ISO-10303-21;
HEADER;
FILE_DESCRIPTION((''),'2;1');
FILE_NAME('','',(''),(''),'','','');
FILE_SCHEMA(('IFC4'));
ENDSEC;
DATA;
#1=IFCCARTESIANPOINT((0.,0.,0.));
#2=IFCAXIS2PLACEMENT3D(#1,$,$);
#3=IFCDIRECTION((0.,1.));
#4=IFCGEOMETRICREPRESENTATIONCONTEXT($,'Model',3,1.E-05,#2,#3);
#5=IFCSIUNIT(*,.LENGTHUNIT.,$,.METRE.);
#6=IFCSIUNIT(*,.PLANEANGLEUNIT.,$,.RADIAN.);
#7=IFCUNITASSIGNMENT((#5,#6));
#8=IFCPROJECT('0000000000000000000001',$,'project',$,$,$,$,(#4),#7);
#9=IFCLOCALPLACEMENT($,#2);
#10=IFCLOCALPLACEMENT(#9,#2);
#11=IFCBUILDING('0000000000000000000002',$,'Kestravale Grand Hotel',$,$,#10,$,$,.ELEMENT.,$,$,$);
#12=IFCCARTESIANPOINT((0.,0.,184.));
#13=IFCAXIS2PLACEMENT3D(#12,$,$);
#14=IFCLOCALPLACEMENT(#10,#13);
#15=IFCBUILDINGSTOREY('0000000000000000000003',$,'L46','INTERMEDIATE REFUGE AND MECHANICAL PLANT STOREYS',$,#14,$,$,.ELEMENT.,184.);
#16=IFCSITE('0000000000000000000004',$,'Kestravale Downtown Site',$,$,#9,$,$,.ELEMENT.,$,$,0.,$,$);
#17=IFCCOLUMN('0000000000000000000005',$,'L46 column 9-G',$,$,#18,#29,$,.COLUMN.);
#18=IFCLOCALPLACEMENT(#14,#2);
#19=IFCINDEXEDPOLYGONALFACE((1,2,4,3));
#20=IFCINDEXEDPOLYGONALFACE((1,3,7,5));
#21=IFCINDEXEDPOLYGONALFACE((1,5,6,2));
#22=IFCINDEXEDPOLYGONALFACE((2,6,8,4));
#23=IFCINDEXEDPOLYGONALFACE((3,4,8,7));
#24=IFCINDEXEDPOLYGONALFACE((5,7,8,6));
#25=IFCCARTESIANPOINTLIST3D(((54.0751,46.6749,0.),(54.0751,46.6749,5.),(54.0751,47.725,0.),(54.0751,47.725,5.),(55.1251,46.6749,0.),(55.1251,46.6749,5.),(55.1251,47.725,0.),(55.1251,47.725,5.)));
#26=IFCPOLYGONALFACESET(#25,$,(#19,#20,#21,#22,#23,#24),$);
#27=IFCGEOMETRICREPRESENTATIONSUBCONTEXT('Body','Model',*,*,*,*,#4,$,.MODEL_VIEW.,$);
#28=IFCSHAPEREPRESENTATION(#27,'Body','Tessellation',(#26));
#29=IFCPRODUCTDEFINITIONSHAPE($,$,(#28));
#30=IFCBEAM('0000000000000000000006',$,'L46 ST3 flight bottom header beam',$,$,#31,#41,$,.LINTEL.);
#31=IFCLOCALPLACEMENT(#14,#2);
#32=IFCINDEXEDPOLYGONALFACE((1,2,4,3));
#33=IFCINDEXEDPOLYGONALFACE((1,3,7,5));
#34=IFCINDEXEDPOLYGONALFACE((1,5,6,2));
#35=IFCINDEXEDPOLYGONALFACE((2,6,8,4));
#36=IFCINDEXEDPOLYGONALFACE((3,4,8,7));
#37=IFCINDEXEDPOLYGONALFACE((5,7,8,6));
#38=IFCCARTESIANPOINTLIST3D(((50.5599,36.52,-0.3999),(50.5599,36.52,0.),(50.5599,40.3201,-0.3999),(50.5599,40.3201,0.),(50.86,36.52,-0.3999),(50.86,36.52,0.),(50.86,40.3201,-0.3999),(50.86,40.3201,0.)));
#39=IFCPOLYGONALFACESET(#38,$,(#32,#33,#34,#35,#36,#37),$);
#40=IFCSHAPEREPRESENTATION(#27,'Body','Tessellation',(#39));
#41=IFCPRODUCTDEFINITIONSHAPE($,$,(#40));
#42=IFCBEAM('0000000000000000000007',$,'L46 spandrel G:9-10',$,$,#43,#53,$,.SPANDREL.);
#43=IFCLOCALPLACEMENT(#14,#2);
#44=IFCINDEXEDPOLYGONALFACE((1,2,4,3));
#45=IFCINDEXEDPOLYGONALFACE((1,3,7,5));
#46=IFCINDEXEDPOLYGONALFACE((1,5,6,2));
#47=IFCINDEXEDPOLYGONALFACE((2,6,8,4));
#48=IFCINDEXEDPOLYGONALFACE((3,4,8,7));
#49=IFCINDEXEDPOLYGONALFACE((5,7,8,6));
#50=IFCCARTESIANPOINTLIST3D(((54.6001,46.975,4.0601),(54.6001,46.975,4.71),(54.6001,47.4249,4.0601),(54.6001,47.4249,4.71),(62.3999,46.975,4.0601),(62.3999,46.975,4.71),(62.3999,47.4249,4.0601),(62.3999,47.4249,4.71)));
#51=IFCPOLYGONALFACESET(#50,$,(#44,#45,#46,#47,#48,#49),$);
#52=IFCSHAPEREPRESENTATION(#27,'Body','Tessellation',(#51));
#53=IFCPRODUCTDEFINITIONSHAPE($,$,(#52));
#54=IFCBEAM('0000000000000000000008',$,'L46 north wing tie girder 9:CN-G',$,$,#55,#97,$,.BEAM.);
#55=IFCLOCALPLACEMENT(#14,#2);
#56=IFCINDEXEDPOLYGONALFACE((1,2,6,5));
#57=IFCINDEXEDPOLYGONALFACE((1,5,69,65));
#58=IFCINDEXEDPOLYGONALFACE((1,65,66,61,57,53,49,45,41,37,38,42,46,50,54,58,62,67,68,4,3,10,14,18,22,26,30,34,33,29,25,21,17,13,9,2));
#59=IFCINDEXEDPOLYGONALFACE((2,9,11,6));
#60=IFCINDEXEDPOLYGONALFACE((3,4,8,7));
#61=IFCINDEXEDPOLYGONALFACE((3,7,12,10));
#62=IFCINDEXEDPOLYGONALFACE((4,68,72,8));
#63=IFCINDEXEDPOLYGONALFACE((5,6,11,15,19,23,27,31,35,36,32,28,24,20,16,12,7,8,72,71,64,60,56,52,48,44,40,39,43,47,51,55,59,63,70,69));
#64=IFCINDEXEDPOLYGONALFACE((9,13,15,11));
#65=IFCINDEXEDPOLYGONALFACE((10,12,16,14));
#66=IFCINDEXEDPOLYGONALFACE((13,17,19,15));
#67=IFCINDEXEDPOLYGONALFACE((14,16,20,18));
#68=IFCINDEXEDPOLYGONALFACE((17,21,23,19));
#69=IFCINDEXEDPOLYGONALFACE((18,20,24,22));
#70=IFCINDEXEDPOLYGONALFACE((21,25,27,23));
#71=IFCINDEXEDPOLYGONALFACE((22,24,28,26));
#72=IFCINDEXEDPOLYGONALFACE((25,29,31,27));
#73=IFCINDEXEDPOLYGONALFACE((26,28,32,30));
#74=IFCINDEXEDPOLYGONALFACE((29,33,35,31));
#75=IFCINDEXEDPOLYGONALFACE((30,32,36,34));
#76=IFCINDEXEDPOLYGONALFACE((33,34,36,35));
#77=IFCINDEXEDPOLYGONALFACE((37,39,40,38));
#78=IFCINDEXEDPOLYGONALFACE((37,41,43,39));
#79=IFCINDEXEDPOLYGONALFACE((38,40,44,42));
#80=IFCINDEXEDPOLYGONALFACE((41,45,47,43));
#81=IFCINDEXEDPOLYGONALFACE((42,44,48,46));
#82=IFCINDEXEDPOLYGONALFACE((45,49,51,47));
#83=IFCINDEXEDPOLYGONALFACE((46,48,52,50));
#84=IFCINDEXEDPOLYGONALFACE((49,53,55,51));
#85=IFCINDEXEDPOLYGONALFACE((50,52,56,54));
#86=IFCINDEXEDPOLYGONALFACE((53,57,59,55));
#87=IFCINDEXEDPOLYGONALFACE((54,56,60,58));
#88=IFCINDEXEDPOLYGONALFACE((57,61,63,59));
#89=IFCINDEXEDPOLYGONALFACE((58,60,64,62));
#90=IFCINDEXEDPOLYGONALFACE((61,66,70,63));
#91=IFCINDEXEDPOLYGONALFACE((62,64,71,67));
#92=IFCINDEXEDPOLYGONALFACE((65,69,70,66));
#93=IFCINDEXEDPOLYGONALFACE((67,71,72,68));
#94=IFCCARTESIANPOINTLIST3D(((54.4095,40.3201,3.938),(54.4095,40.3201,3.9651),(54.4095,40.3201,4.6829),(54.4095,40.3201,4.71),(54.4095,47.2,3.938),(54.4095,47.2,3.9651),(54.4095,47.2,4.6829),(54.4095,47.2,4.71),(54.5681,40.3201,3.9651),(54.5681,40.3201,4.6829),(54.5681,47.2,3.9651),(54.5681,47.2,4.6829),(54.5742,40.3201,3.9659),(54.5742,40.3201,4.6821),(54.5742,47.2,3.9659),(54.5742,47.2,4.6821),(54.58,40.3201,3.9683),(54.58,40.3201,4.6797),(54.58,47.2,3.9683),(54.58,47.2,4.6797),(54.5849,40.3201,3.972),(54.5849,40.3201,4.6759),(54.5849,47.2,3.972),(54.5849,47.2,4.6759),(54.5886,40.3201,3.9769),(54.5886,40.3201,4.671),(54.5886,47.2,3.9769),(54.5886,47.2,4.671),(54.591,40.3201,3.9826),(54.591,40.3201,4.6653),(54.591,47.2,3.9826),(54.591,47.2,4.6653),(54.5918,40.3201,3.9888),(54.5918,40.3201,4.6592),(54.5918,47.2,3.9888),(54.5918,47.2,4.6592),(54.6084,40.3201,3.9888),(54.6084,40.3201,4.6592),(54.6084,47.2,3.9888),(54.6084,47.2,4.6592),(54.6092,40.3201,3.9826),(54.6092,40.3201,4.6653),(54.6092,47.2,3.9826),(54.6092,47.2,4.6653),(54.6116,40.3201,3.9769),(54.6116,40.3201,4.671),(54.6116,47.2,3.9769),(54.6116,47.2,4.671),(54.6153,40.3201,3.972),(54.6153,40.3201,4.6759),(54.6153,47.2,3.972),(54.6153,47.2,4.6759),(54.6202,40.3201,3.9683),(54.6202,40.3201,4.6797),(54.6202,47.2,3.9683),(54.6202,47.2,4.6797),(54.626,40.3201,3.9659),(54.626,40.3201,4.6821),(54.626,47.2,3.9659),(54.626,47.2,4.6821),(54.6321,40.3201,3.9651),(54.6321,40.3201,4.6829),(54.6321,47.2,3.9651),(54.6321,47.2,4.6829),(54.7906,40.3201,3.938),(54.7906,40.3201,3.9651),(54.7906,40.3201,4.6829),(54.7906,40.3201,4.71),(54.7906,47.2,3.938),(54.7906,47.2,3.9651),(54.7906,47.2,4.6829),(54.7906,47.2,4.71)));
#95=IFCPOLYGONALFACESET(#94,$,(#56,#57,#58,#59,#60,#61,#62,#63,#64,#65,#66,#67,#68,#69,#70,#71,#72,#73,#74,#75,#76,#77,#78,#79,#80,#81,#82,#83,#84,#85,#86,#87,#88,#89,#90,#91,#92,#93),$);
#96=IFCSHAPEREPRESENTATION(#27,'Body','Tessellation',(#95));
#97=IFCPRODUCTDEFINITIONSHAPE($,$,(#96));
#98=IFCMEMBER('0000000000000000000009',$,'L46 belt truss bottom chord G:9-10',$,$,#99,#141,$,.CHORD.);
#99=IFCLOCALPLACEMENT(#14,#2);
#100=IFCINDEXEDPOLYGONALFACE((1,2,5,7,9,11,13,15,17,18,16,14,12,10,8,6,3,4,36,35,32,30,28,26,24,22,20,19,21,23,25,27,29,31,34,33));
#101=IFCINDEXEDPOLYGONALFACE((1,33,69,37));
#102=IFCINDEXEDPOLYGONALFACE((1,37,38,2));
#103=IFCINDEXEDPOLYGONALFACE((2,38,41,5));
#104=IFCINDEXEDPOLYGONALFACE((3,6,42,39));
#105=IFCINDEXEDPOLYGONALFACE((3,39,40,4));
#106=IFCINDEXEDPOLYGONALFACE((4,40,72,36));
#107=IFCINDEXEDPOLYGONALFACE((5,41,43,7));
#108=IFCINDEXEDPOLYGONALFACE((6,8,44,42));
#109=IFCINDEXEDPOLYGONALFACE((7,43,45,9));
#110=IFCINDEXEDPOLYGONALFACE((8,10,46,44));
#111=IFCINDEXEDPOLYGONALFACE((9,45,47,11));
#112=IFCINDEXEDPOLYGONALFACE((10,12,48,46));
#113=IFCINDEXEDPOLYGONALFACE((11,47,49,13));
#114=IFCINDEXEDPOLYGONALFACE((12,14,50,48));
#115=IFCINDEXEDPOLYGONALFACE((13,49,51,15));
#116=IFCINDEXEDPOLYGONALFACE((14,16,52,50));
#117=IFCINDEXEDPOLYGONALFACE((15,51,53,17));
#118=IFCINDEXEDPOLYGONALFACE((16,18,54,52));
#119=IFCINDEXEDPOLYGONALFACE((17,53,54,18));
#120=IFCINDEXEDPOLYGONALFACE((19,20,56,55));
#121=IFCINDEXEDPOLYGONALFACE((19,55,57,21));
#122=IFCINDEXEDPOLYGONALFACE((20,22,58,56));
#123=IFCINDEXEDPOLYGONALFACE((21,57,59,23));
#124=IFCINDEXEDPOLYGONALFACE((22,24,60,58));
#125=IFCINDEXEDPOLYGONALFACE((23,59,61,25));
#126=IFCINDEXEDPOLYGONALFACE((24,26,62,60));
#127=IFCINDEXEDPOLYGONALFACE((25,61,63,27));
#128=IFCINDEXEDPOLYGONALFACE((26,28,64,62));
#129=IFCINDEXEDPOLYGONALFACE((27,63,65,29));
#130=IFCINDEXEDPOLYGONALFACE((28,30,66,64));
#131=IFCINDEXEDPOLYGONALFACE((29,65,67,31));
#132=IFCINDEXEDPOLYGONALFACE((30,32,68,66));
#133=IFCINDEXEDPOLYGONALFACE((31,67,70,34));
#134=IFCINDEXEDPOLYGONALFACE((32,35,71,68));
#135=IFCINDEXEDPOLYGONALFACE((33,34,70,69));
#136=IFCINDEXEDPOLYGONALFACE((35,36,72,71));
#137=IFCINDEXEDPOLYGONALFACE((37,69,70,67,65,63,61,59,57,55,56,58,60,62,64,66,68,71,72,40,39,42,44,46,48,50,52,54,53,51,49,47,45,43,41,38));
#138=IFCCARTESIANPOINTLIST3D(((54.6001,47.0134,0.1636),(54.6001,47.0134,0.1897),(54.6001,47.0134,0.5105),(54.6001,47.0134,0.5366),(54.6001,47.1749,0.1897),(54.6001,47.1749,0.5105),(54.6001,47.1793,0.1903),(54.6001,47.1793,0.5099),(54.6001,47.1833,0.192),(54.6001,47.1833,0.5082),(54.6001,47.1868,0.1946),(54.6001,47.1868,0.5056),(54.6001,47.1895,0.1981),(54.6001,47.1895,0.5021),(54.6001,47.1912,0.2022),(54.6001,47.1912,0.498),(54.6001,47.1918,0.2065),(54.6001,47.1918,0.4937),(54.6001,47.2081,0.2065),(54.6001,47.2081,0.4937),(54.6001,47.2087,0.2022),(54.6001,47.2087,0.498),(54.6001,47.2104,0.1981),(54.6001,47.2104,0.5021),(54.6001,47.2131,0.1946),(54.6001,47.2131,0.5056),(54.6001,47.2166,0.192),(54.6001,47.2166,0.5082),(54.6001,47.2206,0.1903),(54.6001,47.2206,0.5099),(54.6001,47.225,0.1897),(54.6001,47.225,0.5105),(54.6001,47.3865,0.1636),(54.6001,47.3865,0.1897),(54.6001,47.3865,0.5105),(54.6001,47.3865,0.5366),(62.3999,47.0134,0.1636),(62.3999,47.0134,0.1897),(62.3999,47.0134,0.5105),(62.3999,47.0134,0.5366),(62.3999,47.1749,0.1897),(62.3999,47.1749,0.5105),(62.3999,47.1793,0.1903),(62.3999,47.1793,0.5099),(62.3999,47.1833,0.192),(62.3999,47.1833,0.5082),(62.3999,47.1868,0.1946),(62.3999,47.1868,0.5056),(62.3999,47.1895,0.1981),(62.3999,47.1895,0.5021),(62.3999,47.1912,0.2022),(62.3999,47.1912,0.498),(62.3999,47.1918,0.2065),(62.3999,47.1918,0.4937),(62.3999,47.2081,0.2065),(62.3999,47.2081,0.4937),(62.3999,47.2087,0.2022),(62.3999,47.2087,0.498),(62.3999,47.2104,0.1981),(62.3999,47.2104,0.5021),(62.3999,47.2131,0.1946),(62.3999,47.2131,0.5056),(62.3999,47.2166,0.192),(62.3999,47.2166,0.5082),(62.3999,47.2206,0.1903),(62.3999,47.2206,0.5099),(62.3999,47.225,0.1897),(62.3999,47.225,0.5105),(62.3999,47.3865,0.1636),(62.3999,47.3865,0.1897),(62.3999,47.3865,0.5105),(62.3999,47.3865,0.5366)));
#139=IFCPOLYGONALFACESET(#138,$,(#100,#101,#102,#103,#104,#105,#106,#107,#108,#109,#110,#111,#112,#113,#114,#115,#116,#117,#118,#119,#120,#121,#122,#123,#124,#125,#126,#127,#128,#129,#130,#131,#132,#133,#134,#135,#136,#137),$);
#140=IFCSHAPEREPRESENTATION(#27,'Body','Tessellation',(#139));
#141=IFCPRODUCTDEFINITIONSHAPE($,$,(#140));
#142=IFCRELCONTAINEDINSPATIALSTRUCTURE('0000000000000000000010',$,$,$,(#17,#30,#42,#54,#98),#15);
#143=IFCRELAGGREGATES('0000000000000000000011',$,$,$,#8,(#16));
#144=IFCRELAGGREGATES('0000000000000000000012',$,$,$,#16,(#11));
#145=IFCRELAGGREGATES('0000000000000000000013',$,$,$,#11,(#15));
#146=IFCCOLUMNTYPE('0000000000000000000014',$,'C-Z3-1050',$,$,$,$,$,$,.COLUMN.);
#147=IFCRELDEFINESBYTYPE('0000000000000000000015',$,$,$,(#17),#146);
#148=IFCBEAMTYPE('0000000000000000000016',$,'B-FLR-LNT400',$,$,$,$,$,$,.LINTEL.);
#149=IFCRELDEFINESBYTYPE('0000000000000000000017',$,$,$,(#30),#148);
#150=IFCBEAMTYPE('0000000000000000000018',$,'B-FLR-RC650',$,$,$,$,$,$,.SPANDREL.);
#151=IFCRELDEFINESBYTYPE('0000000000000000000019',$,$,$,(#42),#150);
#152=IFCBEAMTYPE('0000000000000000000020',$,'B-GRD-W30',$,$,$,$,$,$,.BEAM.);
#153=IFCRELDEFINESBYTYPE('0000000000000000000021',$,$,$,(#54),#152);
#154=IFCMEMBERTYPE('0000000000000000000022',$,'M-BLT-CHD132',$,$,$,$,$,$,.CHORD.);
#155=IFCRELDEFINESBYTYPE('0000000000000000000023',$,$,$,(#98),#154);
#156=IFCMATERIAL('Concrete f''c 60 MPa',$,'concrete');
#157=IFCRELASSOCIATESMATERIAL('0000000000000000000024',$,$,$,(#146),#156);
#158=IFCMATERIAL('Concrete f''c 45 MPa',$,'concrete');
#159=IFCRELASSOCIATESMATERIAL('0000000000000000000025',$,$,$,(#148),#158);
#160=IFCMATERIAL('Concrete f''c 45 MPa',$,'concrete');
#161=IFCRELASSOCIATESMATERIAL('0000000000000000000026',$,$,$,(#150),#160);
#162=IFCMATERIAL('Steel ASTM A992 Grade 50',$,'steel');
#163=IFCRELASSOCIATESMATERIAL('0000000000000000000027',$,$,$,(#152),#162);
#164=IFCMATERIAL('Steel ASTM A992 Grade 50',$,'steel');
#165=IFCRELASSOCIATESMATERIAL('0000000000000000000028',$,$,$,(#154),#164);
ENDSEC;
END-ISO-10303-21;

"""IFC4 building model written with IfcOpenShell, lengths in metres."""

from ifc_helpers import new_model, si_unit, direction, frame, origin, origin_2d, place, context, subcontext, project, spatial, rectangle, i_section, extrude, material, material_profile, profile_set, type_object, element, save


model = new_model("IFC4")

# Units and contexts
model_context = context("Model", 3, precision=1e-05, world=origin(), true_north=direction((0.0, 1.0)))
body_context = subcontext(model_context, "Body", "Model", "MODEL_VIEW")
ifc_project = project(units=[si_unit("LENGTHUNIT", "METRE"), si_unit("PLANEANGLEUNIT", "RADIAN")], contexts=[model_context])

# Site, building, storey
site_placement = place(None, origin())
site = spatial("IfcSite", under=ifc_project, at=site_placement, Name="Kestravale Downtown Site", CompositionType="ELEMENT", RefElevation=0.0)
building_placement = place(site_placement, origin())
building = spatial("IfcBuilding", under=site, at=building_placement, Name="Kestravale Grand Hotel", CompositionType="ELEMENT")
storey_placement = place(building_placement, frame((0.0, 0.0, 184.0)))
storey = spatial("IfcBuildingStorey", under=building, at=storey_placement, Name="L46", Description="INTERMEDIATE REFUGE AND MECHANICAL PLANT STOREYS", CompositionType="ELEMENT", Elevation=184.0)

# Column
ifc_material_1 = material(Name="Concrete f'c 60 MPa", Category="concrete")
ifc_material_profile_1 = material_profile(ifc_material_1, rectangle(XDim=1.05, YDim=1.05, at=origin_2d()))
ifc_profile_set_1 = profile_set([ifc_material_profile_1], Name="Concrete f'c 60 MPa")
column_type = type_object("IfcColumnType", Name="C-Z3-1050", PredefinedType="COLUMN", material=ifc_profile_set_1)
column_placement = place(storey_placement, frame((54.6001, 47.2, 0.0), z_axis=(0.0, 0.0, 1.0), x_axis=(1.0, 0.0, 0.0)))
element("IfcColumn", 1, at=column_placement, inside=storey, type_object=column_type, Name="L46 column 9-G", PredefinedType="COLUMN", context=body_context, shape_type="SweptSolid", body=[
    extrude(rectangle(XDim=1.05, YDim=1.05, at=origin_2d()), origin(), (0.0, 0.0, 1.0), 5.0),
])

# Beams
ifc_material_2 = material(Name="Concrete f'c 45 MPa", Category="concrete")
ifc_material_profile_2 = material_profile(ifc_material_2, rectangle(XDim=0.3, YDim=0.3999, at=origin_2d()))
ifc_profile_set_2 = profile_set([ifc_material_profile_2], Name="Concrete f'c 45 MPa")
beam_type_1 = type_object("IfcBeamType", Name="B-FLR-LNT400", PredefinedType="LINTEL", material=ifc_profile_set_2)
beam_1_placement = place(storey_placement, frame((50.71, 36.52, -0.2), z_axis=(0.0, 1.0, 0.0), x_axis=(-1.0, 0.0, 0.0)))
element("IfcBeam", 2, at=beam_1_placement, inside=storey, type_object=beam_type_1, Name="L46 ST3 flight bottom header beam", PredefinedType="LINTEL", context=body_context, shape_type="SweptSolid", body=[
    extrude(rectangle(XDim=0.3, YDim=0.3999, at=origin_2d()), origin(), (0.0, 0.0, 1.0), 3.8),
])
ifc_material_3 = material(Name="Concrete f'c 45 MPa", Category="concrete")
ifc_material_profile_3 = material_profile(ifc_material_3, rectangle(XDim=0.45, YDim=0.6499, at=origin_2d()))
ifc_profile_set_3 = profile_set([ifc_material_profile_3], Name="Concrete f'c 45 MPa")
beam_type_2 = type_object("IfcBeamType", Name="B-FLR-RC650", PredefinedType="SPANDREL", material=ifc_profile_set_3)
beam_2_placement = place(storey_placement, frame((54.6001, 47.2, 4.385), z_axis=(1.0, 0.0, 0.0), x_axis=(0.0, 1.0, 0.0)))
element("IfcBeam", 3, at=beam_2_placement, inside=storey, type_object=beam_type_2, Name="L46 spandrel G:9-10", PredefinedType="SPANDREL", context=body_context, shape_type="SweptSolid", body=[
    extrude(rectangle(XDim=0.45, YDim=0.6499, at=origin_2d()), origin(), (0.0, 0.0, 1.0), 7.7998),
])
ifc_material_4 = material(Name="Steel ASTM A992 Grade 50", Category="steel")
ifc_material_profile_4 = material_profile(ifc_material_4, i_section(OverallWidth=0.3811, OverallDepth=0.772, WebThickness=0.0166, FlangeThickness=0.0271, FilletRadius=0.0237, at=origin_2d()))
ifc_profile_set_4 = profile_set([ifc_material_profile_4], Name="Steel ASTM A992 Grade 50")
beam_type_3 = type_object("IfcBeamType", Name="B-GRD-W30", PredefinedType="BEAM", material=ifc_profile_set_4)
beam_3_placement = place(storey_placement, frame((54.6001, 40.3201, 4.324), z_axis=(0.0, 1.0, 0.0), x_axis=(-1.0, 0.0, 0.0)))
element("IfcBeam", 4, at=beam_3_placement, inside=storey, type_object=beam_type_3, Name="L46 north wing tie girder 9:CN-G", PredefinedType="BEAM", context=body_context, shape_type="SweptSolid", body=[
    extrude(i_section(OverallWidth=0.3811, OverallDepth=0.772, WebThickness=0.0166, FlangeThickness=0.0271, FilletRadius=0.0237, at=origin_2d()), origin(), (0.0, 0.0, 1.0), 6.8799),
])

# Member
ifc_material_5 = material(Name="Steel ASTM A992 Grade 50", Category="steel")
ifc_material_profile_5 = material_profile(ifc_material_5, i_section(OverallWidth=0.373, OverallDepth=0.373, WebThickness=0.0164, FlangeThickness=0.0261, FilletRadius=0.0168, at=origin_2d()))
ifc_profile_set_5 = profile_set([ifc_material_profile_5], Name="Steel ASTM A992 Grade 50")
member_type_1 = type_object("IfcMemberType", Name="M-BLT-CHD132", PredefinedType="CHORD", material=ifc_profile_set_5)
member_placement = place(storey_placement, frame((54.6001, 47.2, 0.3501), z_axis=(1.0, 0.0, 0.0), x_axis=(0.0, 1.0, 0.0)))
element("IfcMember", 5, at=member_placement, inside=storey, type_object=member_type_1, Name="L46 belt truss bottom chord G:9-10", PredefinedType="CHORD", context=body_context, shape_type="SweptSolid", body=[
    extrude(i_section(OverallWidth=0.373, OverallDepth=0.373, WebThickness=0.0164, FlangeThickness=0.0261, FilletRadius=0.0168, at=origin_2d()), origin(), (0.0, 0.0, 1.0), 7.7998),
])

save(model, "model.ifc")
